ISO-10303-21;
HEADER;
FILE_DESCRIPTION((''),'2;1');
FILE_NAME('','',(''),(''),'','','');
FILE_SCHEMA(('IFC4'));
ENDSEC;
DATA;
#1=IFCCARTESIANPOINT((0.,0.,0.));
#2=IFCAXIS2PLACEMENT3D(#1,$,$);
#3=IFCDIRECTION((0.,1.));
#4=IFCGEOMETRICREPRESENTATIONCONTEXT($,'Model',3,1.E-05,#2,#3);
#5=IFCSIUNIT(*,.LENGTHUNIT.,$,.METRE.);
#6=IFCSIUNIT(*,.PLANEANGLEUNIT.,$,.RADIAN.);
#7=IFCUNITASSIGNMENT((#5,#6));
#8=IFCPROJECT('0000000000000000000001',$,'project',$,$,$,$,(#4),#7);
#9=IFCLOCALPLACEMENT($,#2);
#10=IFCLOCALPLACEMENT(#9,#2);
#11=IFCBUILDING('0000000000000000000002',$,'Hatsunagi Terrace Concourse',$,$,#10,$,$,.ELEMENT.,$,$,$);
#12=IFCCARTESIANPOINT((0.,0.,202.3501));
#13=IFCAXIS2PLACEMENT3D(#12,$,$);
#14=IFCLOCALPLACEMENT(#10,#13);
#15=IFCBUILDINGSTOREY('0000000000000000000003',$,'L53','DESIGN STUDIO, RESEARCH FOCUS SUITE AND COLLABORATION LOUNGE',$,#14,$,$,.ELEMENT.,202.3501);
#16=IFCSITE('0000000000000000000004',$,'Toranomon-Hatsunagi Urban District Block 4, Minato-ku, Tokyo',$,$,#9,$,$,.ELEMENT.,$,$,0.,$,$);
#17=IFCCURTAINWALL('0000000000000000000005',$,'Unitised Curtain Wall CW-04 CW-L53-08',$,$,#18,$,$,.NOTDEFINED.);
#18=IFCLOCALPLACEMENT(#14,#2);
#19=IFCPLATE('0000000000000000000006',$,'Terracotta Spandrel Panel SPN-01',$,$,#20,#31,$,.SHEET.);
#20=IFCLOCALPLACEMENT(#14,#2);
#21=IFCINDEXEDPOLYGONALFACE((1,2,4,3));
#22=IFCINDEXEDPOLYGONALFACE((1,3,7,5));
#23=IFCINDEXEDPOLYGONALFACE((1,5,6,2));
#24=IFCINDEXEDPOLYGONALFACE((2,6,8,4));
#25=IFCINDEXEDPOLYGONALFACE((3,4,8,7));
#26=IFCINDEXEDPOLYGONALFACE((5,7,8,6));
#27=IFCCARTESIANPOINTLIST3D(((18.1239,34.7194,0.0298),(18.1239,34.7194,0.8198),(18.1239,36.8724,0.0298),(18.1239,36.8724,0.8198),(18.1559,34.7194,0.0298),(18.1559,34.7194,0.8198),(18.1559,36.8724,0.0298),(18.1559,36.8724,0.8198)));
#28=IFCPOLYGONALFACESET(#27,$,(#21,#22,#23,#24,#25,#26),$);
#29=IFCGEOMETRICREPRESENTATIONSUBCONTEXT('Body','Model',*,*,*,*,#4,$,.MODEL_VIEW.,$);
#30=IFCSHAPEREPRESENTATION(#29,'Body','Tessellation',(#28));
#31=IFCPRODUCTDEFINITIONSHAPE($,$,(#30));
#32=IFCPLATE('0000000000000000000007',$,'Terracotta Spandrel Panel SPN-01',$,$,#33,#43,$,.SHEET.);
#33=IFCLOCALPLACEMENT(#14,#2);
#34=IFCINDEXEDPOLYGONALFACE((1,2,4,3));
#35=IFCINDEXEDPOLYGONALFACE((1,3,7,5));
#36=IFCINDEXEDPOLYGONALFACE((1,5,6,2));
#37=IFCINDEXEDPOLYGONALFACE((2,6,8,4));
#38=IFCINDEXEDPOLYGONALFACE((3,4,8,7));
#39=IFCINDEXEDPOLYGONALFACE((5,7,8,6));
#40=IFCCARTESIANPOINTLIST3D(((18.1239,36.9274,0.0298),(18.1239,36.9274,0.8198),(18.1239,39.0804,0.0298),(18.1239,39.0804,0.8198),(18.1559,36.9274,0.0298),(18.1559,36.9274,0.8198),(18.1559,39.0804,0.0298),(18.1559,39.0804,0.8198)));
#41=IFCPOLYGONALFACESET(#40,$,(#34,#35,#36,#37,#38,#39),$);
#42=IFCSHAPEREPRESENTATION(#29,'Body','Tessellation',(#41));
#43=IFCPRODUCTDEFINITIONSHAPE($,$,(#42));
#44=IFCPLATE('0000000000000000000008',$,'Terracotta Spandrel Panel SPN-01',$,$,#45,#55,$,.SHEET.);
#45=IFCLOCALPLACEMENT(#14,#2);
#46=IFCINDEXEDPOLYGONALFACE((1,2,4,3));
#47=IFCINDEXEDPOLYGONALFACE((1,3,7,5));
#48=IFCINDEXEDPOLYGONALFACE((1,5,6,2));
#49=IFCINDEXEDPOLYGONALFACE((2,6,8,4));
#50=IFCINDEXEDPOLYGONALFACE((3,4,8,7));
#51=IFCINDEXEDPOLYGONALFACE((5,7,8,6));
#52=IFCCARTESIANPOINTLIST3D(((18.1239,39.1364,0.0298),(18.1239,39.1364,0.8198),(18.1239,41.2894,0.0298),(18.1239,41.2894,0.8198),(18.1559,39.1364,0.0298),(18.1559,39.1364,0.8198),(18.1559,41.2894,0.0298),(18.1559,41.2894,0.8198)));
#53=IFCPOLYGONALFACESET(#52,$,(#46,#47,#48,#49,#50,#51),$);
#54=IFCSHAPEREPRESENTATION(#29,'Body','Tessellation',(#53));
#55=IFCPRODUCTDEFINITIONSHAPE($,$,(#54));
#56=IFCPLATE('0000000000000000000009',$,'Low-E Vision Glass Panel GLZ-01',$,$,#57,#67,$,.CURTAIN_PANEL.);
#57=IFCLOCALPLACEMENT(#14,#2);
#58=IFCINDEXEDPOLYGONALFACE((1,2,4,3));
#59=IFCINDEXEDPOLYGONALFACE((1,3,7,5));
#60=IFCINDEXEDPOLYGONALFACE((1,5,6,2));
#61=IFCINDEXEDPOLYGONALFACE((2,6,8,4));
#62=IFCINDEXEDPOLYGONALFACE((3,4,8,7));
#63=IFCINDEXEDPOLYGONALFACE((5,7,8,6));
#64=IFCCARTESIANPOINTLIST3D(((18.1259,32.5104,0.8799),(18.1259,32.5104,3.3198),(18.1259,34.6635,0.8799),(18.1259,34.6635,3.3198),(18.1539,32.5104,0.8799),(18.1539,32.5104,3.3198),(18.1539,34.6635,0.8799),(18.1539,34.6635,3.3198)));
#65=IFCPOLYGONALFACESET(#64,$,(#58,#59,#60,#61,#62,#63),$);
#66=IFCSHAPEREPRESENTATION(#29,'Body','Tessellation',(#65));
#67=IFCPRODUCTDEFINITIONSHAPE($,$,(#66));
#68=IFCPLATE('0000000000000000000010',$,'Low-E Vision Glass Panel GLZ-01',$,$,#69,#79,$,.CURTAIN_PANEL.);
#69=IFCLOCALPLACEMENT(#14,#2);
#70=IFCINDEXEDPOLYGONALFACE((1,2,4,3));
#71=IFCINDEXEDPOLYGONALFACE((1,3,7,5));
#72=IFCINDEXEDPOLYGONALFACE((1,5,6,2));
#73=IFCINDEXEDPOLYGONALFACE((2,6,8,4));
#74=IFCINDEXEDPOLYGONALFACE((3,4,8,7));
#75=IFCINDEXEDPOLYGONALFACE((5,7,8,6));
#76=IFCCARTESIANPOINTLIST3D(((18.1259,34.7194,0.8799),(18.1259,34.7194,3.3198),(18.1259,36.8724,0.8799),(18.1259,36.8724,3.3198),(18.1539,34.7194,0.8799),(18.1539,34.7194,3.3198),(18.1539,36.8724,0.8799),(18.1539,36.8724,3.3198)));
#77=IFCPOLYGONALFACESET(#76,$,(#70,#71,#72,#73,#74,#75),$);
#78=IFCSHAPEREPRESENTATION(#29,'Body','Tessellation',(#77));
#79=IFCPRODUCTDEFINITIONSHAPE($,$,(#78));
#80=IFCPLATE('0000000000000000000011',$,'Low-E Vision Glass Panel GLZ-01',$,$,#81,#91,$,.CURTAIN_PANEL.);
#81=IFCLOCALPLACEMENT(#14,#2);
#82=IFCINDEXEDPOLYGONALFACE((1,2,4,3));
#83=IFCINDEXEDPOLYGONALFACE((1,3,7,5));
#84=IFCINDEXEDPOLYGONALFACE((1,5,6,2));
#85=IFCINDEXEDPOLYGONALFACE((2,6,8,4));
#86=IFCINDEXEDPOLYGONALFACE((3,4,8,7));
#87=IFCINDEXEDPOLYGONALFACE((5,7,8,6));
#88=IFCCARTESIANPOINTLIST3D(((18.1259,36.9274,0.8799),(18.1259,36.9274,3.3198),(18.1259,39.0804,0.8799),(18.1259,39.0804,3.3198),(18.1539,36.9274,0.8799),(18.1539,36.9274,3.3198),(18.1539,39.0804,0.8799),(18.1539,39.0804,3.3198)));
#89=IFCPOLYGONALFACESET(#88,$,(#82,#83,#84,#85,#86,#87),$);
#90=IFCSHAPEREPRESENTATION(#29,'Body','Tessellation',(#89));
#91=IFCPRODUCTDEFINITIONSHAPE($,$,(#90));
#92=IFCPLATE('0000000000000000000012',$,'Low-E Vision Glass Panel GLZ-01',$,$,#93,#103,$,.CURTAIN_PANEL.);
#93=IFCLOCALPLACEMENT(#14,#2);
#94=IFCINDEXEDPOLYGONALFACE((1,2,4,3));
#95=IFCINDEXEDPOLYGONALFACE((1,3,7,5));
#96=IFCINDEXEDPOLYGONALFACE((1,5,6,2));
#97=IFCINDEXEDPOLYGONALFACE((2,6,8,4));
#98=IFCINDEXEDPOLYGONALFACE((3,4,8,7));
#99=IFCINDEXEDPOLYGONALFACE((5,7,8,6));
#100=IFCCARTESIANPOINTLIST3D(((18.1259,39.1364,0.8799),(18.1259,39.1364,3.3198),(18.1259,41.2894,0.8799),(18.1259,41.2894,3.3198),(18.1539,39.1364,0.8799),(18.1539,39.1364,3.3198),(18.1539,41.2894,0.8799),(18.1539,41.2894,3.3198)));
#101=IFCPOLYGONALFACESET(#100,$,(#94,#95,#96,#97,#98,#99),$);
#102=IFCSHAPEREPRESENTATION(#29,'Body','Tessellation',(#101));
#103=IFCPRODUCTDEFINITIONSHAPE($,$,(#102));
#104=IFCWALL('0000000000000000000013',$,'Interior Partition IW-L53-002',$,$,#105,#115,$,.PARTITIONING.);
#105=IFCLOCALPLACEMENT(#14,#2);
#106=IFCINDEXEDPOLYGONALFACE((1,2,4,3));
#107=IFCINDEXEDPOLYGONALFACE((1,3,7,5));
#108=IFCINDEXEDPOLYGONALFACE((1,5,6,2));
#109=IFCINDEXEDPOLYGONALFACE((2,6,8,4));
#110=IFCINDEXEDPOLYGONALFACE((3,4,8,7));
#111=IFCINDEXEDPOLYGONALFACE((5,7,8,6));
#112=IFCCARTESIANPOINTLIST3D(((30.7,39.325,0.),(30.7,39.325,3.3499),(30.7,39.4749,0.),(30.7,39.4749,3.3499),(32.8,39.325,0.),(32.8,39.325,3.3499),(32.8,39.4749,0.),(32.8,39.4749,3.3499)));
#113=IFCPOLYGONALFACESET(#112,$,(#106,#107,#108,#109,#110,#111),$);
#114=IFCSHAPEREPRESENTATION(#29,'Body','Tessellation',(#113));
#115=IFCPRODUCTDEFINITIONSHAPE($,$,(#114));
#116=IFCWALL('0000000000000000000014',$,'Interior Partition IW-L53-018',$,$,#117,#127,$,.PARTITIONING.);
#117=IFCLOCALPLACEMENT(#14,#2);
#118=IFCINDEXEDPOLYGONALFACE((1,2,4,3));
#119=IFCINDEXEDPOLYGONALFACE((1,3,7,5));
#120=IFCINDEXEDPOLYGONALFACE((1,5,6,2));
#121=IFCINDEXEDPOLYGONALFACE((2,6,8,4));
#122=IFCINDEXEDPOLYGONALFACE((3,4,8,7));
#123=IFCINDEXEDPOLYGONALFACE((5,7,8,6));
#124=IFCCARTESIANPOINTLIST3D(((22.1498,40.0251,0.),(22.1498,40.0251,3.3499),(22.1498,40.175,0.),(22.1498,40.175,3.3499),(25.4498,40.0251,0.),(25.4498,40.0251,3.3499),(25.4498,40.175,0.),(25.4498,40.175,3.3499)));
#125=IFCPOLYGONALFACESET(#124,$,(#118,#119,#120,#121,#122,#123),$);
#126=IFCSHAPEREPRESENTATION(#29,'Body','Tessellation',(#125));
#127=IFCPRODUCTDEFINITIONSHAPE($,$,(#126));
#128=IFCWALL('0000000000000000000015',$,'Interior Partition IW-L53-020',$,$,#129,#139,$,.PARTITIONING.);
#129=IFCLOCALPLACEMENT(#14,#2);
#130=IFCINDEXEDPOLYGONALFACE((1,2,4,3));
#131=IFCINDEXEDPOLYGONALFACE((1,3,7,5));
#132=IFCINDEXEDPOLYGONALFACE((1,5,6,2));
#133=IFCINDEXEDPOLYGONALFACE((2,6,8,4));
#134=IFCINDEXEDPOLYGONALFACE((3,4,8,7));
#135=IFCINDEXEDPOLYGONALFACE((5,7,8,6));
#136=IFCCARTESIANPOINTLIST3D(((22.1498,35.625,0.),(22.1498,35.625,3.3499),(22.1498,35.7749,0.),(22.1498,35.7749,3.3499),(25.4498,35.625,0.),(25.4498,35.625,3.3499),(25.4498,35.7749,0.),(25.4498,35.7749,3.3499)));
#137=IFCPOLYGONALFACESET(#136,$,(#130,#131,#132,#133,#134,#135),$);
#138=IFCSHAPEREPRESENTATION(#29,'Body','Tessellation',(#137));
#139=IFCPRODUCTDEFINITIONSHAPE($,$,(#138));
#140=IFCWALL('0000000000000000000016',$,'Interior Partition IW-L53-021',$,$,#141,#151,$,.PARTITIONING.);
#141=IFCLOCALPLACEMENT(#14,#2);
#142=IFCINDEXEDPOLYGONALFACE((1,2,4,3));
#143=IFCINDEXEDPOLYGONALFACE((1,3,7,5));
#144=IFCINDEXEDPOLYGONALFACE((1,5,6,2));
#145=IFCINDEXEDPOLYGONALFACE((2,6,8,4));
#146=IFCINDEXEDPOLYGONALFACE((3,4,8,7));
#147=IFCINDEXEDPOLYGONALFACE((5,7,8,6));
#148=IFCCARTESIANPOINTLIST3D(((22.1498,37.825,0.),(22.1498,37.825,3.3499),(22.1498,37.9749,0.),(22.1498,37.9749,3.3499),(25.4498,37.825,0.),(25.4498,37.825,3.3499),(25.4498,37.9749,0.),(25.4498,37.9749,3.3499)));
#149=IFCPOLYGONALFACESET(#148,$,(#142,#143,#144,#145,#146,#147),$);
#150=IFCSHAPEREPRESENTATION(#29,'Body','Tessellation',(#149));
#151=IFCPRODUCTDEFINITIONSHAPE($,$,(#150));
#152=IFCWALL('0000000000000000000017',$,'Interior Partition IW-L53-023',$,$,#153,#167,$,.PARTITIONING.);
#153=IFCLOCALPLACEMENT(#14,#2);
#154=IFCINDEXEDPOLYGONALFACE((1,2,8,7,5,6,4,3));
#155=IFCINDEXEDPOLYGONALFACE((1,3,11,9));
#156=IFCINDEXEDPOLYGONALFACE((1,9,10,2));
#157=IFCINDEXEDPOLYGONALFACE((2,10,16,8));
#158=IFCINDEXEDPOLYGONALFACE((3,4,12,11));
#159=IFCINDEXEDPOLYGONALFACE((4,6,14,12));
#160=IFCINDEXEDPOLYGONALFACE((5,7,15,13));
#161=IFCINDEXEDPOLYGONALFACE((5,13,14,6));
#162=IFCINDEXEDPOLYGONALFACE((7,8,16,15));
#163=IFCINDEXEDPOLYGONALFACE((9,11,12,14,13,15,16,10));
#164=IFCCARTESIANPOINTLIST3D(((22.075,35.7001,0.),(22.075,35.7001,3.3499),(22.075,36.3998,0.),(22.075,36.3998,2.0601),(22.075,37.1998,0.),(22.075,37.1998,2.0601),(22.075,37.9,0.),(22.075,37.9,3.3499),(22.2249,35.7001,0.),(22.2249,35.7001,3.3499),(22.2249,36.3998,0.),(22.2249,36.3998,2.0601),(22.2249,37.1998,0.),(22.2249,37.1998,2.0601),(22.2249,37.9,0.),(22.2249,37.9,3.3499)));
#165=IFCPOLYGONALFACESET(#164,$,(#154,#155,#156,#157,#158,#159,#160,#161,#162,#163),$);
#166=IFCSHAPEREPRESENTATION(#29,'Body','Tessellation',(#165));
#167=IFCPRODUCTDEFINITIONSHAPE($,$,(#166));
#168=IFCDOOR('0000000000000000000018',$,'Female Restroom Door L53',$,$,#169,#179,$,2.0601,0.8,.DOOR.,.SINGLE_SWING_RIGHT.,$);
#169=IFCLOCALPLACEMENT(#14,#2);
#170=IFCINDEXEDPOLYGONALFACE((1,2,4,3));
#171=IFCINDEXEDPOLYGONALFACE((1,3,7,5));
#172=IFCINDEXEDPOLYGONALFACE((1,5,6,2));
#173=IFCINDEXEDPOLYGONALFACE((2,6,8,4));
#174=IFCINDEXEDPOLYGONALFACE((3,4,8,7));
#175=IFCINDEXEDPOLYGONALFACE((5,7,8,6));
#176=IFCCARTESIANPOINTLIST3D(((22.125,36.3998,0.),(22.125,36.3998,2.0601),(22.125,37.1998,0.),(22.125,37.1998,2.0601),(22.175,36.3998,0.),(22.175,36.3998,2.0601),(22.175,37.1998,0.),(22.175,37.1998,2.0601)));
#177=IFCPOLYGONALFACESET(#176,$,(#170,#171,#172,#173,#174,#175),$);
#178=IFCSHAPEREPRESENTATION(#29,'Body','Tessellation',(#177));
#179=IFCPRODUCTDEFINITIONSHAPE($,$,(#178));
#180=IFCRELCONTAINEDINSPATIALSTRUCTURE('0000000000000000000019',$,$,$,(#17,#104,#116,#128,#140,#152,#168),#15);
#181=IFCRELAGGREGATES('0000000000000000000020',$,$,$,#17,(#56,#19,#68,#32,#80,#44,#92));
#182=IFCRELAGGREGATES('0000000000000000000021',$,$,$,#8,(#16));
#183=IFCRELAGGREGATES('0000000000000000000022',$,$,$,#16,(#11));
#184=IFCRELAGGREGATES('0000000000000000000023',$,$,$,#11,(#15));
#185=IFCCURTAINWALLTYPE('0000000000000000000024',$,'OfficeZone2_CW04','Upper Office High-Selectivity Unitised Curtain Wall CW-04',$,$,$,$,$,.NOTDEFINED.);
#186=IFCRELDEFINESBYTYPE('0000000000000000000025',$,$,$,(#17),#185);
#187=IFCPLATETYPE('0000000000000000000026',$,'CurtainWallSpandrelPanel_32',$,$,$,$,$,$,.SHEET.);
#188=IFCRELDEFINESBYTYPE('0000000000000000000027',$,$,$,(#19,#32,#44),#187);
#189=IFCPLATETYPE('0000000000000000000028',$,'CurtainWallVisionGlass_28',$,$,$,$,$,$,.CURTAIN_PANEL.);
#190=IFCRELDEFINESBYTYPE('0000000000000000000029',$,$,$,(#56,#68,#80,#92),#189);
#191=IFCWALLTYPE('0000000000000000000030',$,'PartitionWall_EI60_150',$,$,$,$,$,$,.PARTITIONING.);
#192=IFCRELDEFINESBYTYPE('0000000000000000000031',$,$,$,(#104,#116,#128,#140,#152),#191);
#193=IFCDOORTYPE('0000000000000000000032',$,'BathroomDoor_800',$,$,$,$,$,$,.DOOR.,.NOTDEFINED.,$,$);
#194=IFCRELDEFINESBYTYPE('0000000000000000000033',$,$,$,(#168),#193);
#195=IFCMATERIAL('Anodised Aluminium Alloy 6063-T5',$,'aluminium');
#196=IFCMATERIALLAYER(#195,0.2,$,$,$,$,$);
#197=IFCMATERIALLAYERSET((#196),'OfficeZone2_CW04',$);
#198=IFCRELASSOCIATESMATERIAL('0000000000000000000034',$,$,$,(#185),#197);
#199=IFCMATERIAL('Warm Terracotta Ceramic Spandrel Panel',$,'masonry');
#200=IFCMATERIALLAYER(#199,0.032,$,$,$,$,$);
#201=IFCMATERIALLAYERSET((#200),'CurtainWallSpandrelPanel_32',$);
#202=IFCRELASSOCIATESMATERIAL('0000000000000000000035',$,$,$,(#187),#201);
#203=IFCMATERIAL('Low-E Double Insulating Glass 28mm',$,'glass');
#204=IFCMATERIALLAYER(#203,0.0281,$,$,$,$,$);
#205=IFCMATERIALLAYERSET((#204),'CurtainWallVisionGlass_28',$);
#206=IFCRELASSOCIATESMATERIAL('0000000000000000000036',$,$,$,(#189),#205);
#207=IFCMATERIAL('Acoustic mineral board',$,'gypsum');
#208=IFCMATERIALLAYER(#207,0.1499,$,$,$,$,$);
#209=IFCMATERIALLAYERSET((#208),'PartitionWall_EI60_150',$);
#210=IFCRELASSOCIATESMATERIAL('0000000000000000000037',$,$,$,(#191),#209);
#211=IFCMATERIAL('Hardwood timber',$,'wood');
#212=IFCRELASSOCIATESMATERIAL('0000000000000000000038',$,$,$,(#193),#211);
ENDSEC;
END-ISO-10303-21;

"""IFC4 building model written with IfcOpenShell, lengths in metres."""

from ifc_helpers import new_model, si_unit, direction, frame, frame_2d, origin, origin_2d, place, context, subcontext, project, spatial, rectangle, extrude, material, layer, layer_set, type_object, element, fill, aggregate, save


model = new_model("IFC4")

# Units and contexts
model_context = context("Model", 3, precision=1e-05, world=origin(), true_north=direction((0.0, 1.0)))
body_context = subcontext(model_context, "Body", "Model", "MODEL_VIEW")
ifc_project = project(units=[si_unit("LENGTHUNIT", "METRE"), si_unit("PLANEANGLEUNIT", "RADIAN")], contexts=[model_context])

# Site, building, storey
site_placement = place(None, origin())
site = spatial("IfcSite", under=ifc_project, at=site_placement, Name="Toranomon-Hatsunagi Urban District Block 4, Minato-ku, Tokyo", CompositionType="ELEMENT", RefElevation=0.0)
building_placement = place(site_placement, origin())
building = spatial("IfcBuilding", under=site, at=building_placement, Name="Hatsunagi Terrace Concourse", CompositionType="ELEMENT")
storey_placement = place(building_placement, frame((0.0, 0.0, 202.3501)))
storey = spatial("IfcBuildingStorey", under=building, at=storey_placement, Name="L53", Description="DESIGN STUDIO, RESEARCH FOCUS SUITE AND COLLABORATION LOUNGE", CompositionType="ELEMENT", Elevation=202.3501)

# Curtain wall
ifc_material_1 = material(Name="Anodised Aluminium Alloy 6063-T5", Category="aluminium")
ifc_layer_1 = layer(ifc_material_1, 0.2)
ifc_layer_set_1 = layer_set([ifc_layer_1], Name="OfficeZone2_CW04")
curtain_wall_type = type_object("IfcCurtainWallType", Name="OfficeZone2_CW04", Description="Upper Office High-Selectivity Unitised Curtain Wall CW-04", PredefinedType="NOTDEFINED", material=ifc_layer_set_1)
curtain_wall_placement = place(storey_placement, origin())
curtain_wall = element("IfcCurtainWall", 1, at=curtain_wall_placement, inside=storey, type_object=curtain_wall_type, Name="Unitised Curtain Wall CW-04 CW-L53-08", PredefinedType="NOTDEFINED")

# Plates
ifc_material_2 = material(Name="Warm Terracotta Ceramic Spandrel Panel", Category="masonry")
ifc_layer_2 = layer(ifc_material_2, 0.032)
ifc_layer_set_2 = layer_set([ifc_layer_2], Name="CurtainWallSpandrelPanel_32")
plate_type_1 = type_object("IfcPlateType", Name="CurtainWallSpandrelPanel_32", PredefinedType="SHEET", material=ifc_layer_set_2)
plate_1_placement = place(storey_placement, frame((18.1399, 35.7959, 0.0298), z_axis=(0.0, 0.0, 1.0), x_axis=(0.0, 1.0, 0.0)))
plate_1 = element("IfcPlate", 2, at=plate_1_placement, type_object=plate_type_1, Name="Terracotta Spandrel Panel SPN-01", PredefinedType="SHEET", context=body_context, shape_type="SweptSolid", body=[
    extrude(rectangle(XDim=2.1531, YDim=0.032, at=origin_2d()), origin(), (0.0, 0.0, 1.0), 0.79),
])
plate_2_placement = place(storey_placement, frame((18.1399, 38.0039, 0.0298), z_axis=(0.0, 0.0, 1.0), x_axis=(0.0, 1.0, 0.0)))
plate_2 = element("IfcPlate", 3, at=plate_2_placement, type_object=plate_type_1, Name="Terracotta Spandrel Panel SPN-01", PredefinedType="SHEET", context=body_context, shape_type="SweptSolid", body=[
    extrude(rectangle(XDim=2.1531, YDim=0.032, at=origin_2d()), origin(), (0.0, 0.0, 1.0), 0.79),
])
plate_3_placement = place(storey_placement, frame((18.1399, 40.2129, 0.0298), z_axis=(0.0, 0.0, 1.0), x_axis=(0.0, 1.0, 0.0)))
plate_3 = element("IfcPlate", 4, at=plate_3_placement, type_object=plate_type_1, Name="Terracotta Spandrel Panel SPN-01", PredefinedType="SHEET", context=body_context, shape_type="SweptSolid", body=[
    extrude(rectangle(XDim=2.1531, YDim=0.032, at=origin_2d()), origin(), (0.0, 0.0, 1.0), 0.79),
])
ifc_material_3 = material(Name="Low-E Double Insulating Glass 28mm", Category="glass")
ifc_layer_3 = layer(ifc_material_3, 0.0281)
ifc_layer_set_3 = layer_set([ifc_layer_3], Name="CurtainWallVisionGlass_28")
plate_type_2 = type_object("IfcPlateType", Name="CurtainWallVisionGlass_28", PredefinedType="CURTAIN_PANEL", material=ifc_layer_set_3)
plate_4_placement = place(storey_placement, frame((18.1399, 33.5869, 0.8799), z_axis=(0.0, 0.0, 1.0), x_axis=(0.0, 1.0, 0.0)))
plate_4 = element("IfcPlate", 5, at=plate_4_placement, type_object=plate_type_2, Name="Low-E Vision Glass Panel GLZ-01", PredefinedType="CURTAIN_PANEL", context=body_context, shape_type="SweptSolid", body=[
    extrude(rectangle(XDim=2.1531, YDim=0.0281, at=origin_2d()), origin(), (0.0, 0.0, 1.0), 2.4399),
])
plate_5_placement = place(storey_placement, frame((18.1399, 35.7959, 0.8799), z_axis=(0.0, 0.0, 1.0), x_axis=(0.0, 1.0, 0.0)))
plate_5 = element("IfcPlate", 6, at=plate_5_placement, type_object=plate_type_2, Name="Low-E Vision Glass Panel GLZ-01", PredefinedType="CURTAIN_PANEL", context=body_context, shape_type="SweptSolid", body=[
    extrude(rectangle(XDim=2.1531, YDim=0.0281, at=origin_2d()), origin(), (0.0, 0.0, 1.0), 2.4399),
])
plate_6_placement = place(storey_placement, frame((18.1399, 38.0039, 0.8799), z_axis=(0.0, 0.0, 1.0), x_axis=(0.0, 1.0, 0.0)))
plate_6 = element("IfcPlate", 7, at=plate_6_placement, type_object=plate_type_2, Name="Low-E Vision Glass Panel GLZ-01", PredefinedType="CURTAIN_PANEL", context=body_context, shape_type="SweptSolid", body=[
    extrude(rectangle(XDim=2.1531, YDim=0.0281, at=origin_2d()), origin(), (0.0, 0.0, 1.0), 2.4399),
])
plate_7_placement = place(storey_placement, frame((18.1399, 40.2129, 0.8799), z_axis=(0.0, 0.0, 1.0), x_axis=(0.0, 1.0, 0.0)))
plate_7 = element("IfcPlate", 8, at=plate_7_placement, type_object=plate_type_2, Name="Low-E Vision Glass Panel GLZ-01", PredefinedType="CURTAIN_PANEL", context=body_context, shape_type="SweptSolid", body=[
    extrude(rectangle(XDim=2.1531, YDim=0.0281, at=origin_2d()), origin(), (0.0, 0.0, 1.0), 2.4399),
])
aggregate(curtain_wall, [plate_4, plate_1, plate_5, plate_2, plate_6, plate_3, plate_7])

# Walls
ifc_material_4 = material(Name="Acoustic mineral board", Category="gypsum")
ifc_layer_4 = layer(ifc_material_4, 0.1499)
ifc_layer_set_4 = layer_set([ifc_layer_4], Name="PartitionWall_EI60_150")
wall_type_1 = type_object("IfcWallType", Name="PartitionWall_EI60_150", PredefinedType="PARTITIONING", material=ifc_layer_set_4)
wall_1_placement = place(storey_placement, frame((30.7, 39.3999, 0.0), z_axis=(0.0, 0.0, 1.0), x_axis=(1.0, 0.0, 0.0)))
element("IfcWall", 9, at=wall_1_placement, inside=storey, type_object=wall_type_1, Name="Interior Partition IW-L53-002", PredefinedType="PARTITIONING", context=body_context, shape_type="SweptSolid", body=[
    extrude(rectangle(XDim=2.1001, YDim=0.1499, at=frame_2d((1.05, 0.0))), origin(), (0.0, 0.0, 1.0), 3.3499),
])
for number, where, z_axis, x_axis, name in (
    (10, (22.1499, 40.1001, 0.0), (0.0, 0.0, 1.0), (1.0, 0.0, 0.0), "Interior Partition IW-L53-018"),
    (11, (22.1499, 35.7, 0.0), (0.0, 0.0, 1.0), (1.0, 0.0, 0.0), "Interior Partition IW-L53-020"),
    (12, (22.1499, 37.8999, 0.0), (0.0, 0.0, 1.0), (1.0, 0.0, 0.0), "Interior Partition IW-L53-021"),
):
    element("IfcWall", number, at=place(storey_placement, frame(where, z_axis=z_axis, x_axis=x_axis)), inside=storey, type_object=wall_type_1, Name=name, PredefinedType="PARTITIONING", context=body_context, shape_type="SweptSolid", body=[
        extrude(rectangle(XDim=3.3, YDim=0.1499, at=frame_2d((1.6499, 0.0))), origin(), (0.0, 0.0, 1.0), 3.3499),
    ])

# Wall, opening, door
wall_2_placement = place(storey_placement, frame((22.1499, 35.7, 0.0), z_axis=(0.0, 0.0, 1.0), x_axis=(0.0, 1.0, 0.0)))
wall_2 = element("IfcWall", 13, at=wall_2_placement, inside=storey, type_object=wall_type_1, Name="Interior Partition IW-L53-023", PredefinedType="PARTITIONING", context=body_context, shape_type="SweptSolid", body=[
    extrude(rectangle(XDim=2.2, YDim=0.1499, at=frame_2d((1.1001, 0.0))), origin(), (0.0, 0.0, 1.0), 3.3499),
])
opening_1_placement = place(wall_2_placement, frame((0.7, 0.0, 0.0)))
opening_1 = element("IfcOpeningElement", 14, at=opening_1_placement, cuts=wall_2, PredefinedType="OPENING", context=body_context, shape_type="SweptSolid", body=[
    extrude(rectangle(XDim=0.8, YDim=2.0601, at=frame_2d((0.3999, 1.03))), frame((0.0, 0.085, 0.0), z_axis=(0.0, -1.0, 0.0), x_axis=(1.0, 0.0, 0.0)), (0.0, 0.0, 1.0), 0.1699),
])
ifc_material_5 = material(Name="Hardwood timber", Category="wood")
door_type = type_object("IfcDoorType", Name="BathroomDoor_800", OperationType="NOTDEFINED", PredefinedType="DOOR", material=ifc_material_5)
door_1_placement = place(opening_1_placement, origin())
door_1 = element("IfcDoor", 15, at=door_1_placement, inside=storey, type_object=door_type, Name="Female Restroom Door L53", OperationType="SINGLE_SWING_RIGHT", OverallHeight=2.0601, OverallWidth=0.8, PredefinedType="DOOR", context=body_context, shape_type="SweptSolid", body=[
    extrude(rectangle(XDim=0.8, YDim=2.0601, at=frame_2d((0.3999, 1.03))), frame((0.0, 0.0249, 0.0), z_axis=(0.0, -1.0, 0.0), x_axis=(1.0, 0.0, 0.0)), (0.0, 0.0, 1.0), 0.05),
])
fill(opening_1, door_1)

save(model, "model.ifc")
